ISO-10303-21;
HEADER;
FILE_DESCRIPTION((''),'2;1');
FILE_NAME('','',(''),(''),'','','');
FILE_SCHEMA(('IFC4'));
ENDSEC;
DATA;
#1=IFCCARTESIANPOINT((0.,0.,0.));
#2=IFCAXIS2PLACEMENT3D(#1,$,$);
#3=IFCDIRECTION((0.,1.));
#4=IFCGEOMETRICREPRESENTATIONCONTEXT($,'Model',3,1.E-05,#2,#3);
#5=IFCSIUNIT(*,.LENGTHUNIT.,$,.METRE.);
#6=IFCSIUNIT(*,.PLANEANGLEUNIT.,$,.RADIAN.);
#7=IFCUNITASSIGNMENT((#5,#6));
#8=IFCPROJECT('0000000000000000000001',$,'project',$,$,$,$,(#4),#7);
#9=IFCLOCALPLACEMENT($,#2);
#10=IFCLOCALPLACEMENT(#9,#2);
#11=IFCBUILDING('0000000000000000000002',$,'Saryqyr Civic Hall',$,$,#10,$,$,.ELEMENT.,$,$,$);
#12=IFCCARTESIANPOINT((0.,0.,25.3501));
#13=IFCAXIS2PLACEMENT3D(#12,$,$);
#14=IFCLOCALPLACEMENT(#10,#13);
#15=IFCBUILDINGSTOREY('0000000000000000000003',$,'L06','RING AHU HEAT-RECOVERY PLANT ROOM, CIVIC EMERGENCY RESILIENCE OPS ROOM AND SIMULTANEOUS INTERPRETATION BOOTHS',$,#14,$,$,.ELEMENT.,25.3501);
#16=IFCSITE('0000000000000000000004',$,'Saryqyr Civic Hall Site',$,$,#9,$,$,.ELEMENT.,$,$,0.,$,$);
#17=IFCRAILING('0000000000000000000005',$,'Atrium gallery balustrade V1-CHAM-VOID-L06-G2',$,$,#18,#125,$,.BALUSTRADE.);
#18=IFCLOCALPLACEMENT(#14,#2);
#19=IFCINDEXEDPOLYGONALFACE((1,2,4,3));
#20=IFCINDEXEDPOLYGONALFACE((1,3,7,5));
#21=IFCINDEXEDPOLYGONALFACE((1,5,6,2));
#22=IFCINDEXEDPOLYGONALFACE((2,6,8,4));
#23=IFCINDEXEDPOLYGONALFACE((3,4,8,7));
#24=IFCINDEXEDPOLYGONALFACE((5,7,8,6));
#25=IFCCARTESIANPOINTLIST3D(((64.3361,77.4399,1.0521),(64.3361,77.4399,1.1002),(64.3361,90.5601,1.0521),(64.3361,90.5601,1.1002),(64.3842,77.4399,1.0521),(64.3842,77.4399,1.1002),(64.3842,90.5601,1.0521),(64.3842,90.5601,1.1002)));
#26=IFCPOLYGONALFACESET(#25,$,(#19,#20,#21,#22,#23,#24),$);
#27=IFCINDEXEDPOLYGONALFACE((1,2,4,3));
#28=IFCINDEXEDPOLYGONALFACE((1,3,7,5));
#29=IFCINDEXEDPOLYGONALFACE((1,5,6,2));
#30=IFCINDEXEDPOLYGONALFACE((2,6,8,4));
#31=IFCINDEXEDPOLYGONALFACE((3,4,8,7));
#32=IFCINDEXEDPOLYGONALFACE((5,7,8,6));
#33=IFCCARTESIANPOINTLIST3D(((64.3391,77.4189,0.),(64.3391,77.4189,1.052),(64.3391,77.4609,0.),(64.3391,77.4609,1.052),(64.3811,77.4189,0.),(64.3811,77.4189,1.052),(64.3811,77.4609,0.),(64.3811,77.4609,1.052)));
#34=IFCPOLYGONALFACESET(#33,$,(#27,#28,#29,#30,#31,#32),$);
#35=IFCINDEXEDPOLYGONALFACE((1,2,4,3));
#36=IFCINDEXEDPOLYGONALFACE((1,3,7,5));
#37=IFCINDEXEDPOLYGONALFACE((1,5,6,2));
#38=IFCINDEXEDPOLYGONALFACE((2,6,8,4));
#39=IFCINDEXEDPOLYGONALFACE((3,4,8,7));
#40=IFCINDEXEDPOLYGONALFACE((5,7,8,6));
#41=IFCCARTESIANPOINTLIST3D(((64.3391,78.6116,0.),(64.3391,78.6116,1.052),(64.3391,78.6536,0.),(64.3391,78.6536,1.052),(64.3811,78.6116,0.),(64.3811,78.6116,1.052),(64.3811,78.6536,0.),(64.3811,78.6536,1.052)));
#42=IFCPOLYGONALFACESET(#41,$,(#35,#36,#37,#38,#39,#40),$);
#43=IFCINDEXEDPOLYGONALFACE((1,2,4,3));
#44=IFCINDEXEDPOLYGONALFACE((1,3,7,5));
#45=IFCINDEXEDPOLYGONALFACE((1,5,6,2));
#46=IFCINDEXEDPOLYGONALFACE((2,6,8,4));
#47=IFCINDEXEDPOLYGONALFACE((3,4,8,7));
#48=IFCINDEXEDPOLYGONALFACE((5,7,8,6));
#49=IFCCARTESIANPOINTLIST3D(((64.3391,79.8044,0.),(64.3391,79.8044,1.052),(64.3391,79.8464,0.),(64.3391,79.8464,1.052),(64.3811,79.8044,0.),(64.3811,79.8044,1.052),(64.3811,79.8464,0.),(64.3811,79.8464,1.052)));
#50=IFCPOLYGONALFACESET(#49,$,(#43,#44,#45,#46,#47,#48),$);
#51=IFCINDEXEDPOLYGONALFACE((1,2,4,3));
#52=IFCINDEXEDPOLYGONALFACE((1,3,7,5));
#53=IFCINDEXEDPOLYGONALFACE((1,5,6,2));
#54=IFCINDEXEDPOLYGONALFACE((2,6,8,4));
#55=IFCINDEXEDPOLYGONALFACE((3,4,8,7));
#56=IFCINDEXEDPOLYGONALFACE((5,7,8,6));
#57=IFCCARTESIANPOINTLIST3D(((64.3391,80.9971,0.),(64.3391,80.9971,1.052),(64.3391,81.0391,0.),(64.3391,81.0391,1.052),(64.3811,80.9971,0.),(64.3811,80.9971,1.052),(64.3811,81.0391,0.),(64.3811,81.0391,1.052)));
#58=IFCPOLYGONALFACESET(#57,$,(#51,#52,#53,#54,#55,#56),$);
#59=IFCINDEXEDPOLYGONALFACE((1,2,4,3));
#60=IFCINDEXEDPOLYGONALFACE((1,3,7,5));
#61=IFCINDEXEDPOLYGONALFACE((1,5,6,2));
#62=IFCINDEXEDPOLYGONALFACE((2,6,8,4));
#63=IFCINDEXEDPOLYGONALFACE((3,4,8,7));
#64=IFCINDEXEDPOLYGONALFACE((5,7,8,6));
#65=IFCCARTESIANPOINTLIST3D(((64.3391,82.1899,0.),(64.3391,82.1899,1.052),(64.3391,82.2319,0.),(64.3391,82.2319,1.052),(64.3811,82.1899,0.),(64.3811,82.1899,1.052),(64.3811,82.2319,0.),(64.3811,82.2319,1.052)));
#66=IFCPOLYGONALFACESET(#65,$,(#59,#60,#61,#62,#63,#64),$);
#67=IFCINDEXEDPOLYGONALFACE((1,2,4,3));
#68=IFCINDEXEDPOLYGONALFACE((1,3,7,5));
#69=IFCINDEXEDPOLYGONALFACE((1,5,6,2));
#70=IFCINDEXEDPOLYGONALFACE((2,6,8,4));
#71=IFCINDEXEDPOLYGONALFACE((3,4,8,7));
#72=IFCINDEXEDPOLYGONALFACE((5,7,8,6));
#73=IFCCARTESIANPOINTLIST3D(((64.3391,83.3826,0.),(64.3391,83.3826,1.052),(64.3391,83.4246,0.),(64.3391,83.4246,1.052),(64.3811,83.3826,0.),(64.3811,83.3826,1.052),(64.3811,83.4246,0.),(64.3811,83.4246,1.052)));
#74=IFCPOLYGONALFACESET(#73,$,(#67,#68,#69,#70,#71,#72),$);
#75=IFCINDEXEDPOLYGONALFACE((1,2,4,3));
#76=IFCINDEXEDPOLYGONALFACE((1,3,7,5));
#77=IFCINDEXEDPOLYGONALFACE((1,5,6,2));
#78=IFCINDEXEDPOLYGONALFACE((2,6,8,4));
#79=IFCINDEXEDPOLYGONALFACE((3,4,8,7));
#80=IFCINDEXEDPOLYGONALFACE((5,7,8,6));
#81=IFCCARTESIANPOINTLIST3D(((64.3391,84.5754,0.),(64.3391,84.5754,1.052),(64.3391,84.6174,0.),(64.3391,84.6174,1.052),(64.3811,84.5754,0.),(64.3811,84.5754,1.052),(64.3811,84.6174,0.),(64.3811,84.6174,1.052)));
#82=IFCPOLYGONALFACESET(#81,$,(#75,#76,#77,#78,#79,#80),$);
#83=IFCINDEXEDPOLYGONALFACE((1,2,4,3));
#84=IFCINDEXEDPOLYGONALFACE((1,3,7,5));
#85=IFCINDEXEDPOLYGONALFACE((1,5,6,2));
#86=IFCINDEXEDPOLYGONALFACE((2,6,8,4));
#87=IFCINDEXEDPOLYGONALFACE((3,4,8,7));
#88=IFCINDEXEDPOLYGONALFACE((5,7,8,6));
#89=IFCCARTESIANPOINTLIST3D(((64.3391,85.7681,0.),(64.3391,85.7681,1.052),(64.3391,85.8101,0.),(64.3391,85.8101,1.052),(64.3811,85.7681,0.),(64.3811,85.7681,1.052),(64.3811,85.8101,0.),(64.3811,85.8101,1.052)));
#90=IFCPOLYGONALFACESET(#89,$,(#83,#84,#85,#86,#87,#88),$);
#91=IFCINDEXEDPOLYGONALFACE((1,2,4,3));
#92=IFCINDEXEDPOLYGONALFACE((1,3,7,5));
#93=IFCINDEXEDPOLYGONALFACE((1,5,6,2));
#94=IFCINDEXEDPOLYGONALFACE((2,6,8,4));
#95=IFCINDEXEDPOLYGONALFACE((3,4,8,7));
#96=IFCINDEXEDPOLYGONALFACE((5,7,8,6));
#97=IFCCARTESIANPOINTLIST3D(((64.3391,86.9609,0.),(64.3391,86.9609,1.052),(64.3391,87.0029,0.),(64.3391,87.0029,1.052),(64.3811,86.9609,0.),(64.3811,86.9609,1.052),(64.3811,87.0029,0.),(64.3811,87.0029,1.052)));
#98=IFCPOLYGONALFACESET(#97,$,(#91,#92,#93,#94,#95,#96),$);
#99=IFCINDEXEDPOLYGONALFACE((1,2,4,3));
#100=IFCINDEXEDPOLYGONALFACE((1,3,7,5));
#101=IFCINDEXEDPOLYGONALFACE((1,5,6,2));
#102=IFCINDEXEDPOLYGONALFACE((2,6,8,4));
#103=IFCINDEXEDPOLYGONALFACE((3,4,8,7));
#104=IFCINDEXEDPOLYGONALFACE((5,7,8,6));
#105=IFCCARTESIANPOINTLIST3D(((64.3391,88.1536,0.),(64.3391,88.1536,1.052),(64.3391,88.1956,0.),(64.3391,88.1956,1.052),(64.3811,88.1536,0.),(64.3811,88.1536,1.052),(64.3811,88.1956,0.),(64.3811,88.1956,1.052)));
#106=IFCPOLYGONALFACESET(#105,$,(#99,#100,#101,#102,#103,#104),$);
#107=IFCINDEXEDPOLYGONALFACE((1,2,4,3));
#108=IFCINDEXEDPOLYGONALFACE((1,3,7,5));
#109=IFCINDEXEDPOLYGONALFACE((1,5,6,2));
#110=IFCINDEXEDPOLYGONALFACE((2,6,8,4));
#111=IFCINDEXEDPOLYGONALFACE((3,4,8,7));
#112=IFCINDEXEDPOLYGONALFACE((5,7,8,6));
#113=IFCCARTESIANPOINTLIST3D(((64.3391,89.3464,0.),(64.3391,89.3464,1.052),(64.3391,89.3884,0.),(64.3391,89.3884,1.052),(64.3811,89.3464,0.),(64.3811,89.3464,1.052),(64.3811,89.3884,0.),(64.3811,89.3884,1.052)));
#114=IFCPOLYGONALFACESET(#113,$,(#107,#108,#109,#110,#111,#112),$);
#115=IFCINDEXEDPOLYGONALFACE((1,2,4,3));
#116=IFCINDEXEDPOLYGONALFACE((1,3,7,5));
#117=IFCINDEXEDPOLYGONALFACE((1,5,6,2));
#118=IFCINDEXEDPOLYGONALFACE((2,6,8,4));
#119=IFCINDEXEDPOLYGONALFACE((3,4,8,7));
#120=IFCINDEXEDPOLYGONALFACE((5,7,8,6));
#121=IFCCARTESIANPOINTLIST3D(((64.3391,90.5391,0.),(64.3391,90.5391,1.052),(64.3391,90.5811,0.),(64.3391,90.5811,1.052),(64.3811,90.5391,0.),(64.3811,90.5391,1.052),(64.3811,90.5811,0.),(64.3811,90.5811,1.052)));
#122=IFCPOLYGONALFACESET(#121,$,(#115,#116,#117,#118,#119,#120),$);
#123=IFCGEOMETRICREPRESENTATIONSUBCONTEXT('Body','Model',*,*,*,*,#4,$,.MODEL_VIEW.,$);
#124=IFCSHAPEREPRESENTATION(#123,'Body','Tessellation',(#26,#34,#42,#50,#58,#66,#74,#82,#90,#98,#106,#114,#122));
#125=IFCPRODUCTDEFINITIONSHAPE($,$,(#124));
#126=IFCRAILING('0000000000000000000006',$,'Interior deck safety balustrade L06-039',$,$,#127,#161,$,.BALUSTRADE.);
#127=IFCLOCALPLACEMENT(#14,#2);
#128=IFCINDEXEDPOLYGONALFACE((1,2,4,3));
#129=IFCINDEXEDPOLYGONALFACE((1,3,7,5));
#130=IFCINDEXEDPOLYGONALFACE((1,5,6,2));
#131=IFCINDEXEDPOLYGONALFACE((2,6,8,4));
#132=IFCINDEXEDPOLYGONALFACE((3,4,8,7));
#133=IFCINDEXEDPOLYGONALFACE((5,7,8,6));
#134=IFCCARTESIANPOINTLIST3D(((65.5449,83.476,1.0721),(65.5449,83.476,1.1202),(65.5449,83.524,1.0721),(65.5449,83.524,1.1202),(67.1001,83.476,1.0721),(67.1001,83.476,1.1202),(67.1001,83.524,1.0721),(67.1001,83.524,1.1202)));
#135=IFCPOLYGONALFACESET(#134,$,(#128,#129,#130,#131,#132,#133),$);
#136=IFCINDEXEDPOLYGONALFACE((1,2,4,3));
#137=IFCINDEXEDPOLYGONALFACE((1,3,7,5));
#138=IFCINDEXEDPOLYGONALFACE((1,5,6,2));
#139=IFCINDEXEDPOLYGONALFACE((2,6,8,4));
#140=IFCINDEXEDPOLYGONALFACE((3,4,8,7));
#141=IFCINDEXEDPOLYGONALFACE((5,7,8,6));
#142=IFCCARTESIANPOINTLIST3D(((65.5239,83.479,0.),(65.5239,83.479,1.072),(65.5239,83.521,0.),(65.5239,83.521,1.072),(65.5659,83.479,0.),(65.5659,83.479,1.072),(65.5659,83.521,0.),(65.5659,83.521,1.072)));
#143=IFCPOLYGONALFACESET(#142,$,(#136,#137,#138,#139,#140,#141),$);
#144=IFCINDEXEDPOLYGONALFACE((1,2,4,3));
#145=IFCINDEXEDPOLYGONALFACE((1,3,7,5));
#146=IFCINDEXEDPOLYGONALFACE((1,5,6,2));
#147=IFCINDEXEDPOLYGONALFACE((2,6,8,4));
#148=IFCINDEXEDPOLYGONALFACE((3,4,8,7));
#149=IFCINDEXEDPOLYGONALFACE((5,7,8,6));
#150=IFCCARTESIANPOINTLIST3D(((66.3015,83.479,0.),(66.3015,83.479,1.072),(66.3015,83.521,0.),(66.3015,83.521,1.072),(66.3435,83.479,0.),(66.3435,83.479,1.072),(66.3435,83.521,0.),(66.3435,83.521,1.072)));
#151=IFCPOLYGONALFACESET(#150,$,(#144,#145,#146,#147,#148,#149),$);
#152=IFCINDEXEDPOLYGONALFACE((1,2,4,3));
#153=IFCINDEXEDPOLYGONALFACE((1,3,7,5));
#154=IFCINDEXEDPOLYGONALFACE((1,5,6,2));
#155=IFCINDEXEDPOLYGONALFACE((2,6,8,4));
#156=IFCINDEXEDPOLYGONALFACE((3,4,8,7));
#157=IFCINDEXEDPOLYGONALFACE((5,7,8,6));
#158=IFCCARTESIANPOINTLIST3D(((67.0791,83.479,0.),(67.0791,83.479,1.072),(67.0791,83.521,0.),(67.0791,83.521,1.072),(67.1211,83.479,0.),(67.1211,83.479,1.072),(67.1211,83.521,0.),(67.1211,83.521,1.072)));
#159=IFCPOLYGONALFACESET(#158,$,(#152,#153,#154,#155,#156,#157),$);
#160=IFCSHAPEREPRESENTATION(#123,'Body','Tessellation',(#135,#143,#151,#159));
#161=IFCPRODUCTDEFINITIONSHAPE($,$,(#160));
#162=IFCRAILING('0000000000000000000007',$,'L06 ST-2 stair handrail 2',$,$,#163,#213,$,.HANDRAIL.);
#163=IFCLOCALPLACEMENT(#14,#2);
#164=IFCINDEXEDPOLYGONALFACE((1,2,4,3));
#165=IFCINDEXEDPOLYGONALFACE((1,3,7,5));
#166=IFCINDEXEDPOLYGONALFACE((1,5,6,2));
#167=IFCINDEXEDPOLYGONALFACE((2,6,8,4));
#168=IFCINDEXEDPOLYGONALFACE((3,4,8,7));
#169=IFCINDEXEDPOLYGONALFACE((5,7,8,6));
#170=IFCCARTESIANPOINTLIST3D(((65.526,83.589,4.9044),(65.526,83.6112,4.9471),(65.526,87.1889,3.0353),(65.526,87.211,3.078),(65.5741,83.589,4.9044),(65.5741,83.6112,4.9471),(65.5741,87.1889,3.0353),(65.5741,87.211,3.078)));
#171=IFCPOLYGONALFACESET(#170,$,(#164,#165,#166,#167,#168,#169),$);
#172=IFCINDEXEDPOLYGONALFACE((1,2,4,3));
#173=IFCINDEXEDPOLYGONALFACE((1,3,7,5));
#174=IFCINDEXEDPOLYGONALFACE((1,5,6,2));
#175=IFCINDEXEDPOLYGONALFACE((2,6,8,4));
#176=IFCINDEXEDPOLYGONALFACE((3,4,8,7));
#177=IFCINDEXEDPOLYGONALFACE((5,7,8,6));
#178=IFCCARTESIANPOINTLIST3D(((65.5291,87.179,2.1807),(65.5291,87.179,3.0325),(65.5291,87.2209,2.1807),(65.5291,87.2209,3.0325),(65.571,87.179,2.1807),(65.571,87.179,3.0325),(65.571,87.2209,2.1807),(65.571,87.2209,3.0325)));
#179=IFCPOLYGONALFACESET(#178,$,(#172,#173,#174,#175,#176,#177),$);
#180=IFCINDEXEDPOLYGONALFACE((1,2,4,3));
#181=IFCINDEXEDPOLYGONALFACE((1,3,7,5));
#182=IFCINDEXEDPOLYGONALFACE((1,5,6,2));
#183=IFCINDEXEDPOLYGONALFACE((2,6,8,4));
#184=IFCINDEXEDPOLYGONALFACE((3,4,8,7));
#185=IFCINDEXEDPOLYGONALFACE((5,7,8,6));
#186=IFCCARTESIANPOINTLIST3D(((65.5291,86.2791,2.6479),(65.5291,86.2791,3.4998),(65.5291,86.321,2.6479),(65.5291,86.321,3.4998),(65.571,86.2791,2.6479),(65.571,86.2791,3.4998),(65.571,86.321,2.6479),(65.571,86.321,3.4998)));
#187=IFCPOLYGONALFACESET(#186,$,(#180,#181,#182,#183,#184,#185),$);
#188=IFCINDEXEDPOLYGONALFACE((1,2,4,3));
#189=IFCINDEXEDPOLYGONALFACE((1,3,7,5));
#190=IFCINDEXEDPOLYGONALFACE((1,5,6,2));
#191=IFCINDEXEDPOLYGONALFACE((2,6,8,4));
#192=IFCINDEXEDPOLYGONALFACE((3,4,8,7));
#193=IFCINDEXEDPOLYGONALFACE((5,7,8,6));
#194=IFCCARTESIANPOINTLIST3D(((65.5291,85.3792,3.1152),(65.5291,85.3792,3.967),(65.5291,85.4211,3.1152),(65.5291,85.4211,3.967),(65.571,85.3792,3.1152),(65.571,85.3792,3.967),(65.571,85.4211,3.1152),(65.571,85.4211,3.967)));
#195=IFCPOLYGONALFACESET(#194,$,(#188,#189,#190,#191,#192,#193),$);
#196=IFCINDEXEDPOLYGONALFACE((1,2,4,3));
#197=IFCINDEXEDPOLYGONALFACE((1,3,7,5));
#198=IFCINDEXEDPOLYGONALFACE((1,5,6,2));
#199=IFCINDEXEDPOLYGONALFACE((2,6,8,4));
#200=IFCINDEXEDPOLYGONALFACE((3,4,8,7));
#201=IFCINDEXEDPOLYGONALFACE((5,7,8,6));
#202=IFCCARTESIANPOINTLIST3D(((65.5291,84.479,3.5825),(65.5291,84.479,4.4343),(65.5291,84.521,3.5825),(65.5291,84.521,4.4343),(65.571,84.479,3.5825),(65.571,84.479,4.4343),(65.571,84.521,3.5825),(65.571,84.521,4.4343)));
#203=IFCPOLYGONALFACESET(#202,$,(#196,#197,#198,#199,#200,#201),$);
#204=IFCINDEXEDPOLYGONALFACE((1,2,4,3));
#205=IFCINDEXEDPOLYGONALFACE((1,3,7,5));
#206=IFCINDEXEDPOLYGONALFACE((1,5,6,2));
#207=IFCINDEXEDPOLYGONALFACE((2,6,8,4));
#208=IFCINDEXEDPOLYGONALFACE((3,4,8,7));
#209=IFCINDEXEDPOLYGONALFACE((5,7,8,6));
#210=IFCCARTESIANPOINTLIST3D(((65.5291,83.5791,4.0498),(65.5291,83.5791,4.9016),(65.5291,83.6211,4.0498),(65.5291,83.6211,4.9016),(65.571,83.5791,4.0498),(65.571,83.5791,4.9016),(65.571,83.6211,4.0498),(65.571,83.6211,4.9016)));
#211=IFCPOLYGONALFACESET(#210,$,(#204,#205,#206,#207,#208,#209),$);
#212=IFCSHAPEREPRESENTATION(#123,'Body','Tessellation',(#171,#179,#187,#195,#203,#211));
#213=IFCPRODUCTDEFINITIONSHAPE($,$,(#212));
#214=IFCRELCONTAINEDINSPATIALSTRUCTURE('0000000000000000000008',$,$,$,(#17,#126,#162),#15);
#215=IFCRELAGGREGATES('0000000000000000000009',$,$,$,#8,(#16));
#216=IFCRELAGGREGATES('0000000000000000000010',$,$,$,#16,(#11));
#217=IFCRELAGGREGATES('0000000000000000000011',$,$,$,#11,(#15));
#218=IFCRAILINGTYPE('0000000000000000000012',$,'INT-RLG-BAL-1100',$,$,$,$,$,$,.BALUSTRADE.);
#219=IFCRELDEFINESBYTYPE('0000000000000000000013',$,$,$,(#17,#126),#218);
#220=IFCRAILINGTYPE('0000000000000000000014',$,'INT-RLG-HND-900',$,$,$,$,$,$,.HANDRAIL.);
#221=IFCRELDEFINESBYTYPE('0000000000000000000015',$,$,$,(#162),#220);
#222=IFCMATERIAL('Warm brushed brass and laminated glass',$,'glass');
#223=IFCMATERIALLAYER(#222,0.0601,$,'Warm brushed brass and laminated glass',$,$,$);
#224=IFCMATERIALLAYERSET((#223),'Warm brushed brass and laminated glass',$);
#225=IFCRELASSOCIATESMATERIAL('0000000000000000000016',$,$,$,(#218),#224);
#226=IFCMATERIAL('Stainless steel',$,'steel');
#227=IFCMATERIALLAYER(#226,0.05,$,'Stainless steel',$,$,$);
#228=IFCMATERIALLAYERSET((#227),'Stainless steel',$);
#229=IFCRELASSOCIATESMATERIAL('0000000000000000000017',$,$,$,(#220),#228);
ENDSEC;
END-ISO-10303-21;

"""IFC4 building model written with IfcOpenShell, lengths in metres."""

from ifc_helpers import new_model, si_unit, direction, frame, origin, origin_2d, place, context, subcontext, project, spatial, rectangle, extrude, material, layer, layer_set, type_object, element, save


model = new_model("IFC4")

# Units and contexts
model_context = context("Model", 3, precision=1e-05, world=origin(), true_north=direction((0.0, 1.0)))
body_context = subcontext(model_context, "Body", "Model", "MODEL_VIEW")
ifc_project = project(units=[si_unit("LENGTHUNIT", "METRE"), si_unit("PLANEANGLEUNIT", "RADIAN")], contexts=[model_context])

# Site, building, storey
site_placement = place(None, origin())
site = spatial("IfcSite", under=ifc_project, at=site_placement, Name="Saryqyr Civic Hall Site", CompositionType="ELEMENT", RefElevation=0.0)
building_placement = place(site_placement, origin())
building = spatial("IfcBuilding", under=site, at=building_placement, Name="Saryqyr Civic Hall", CompositionType="ELEMENT")
storey_placement = place(building_placement, frame((0.0, 0.0, 25.3501)))
storey = spatial("IfcBuildingStorey", under=building, at=storey_placement, Name="L06", Description="RING AHU HEAT-RECOVERY PLANT ROOM, CIVIC EMERGENCY RESILIENCE OPS ROOM AND SIMULTANEOUS INTERPRETATION BOOTHS", CompositionType="ELEMENT", Elevation=25.3501)

# Railings
ifc_material_1 = material(Name="Warm brushed brass and laminated glass", Category="glass")
ifc_layer_1 = layer(ifc_material_1, 0.0601, Name="Warm brushed brass and laminated glass")
ifc_layer_set_1 = layer_set([ifc_layer_1], Name="Warm brushed brass and laminated glass")
railing_type_1 = type_object("IfcRailingType", Name="INT-RLG-BAL-1100", PredefinedType="BALUSTRADE", material=ifc_layer_set_1)
railing_1_placement = place(storey_placement, frame((64.3601, 77.4399, 0.0)))
element("IfcRailing", 1, at=railing_1_placement, inside=storey, type_object=railing_type_1, Name="Atrium gallery balustrade V1-CHAM-VOID-L06-G2", PredefinedType="BALUSTRADE", context=body_context, shape_type="SweptSolid", body=[
    extrude(rectangle(XDim=0.0481, YDim=0.0481, at=origin_2d()), frame((0.0, 0.0, 1.0762), z_axis=(0.0, 1.0, 0.0), x_axis=(-1.0, 0.0, 0.0)), (0.0, 0.0, 1.0), 13.1201),
    extrude(rectangle(XDim=0.042, YDim=0.042, at=origin_2d()), origin(), (0.0, 0.0, 1.0), 1.052),
    extrude(rectangle(XDim=0.042, YDim=0.042, at=origin_2d()), frame((0.0, 1.1926, 0.0)), (0.0, 0.0, 1.0), 1.052),
    extrude(rectangle(XDim=0.042, YDim=0.042, at=origin_2d()), frame((0.0, 2.3855, 0.0)), (0.0, 0.0, 1.0), 1.052),
    extrude(rectangle(XDim=0.042, YDim=0.042, at=origin_2d()), frame((0.0, 3.5781, 0.0)), (0.0, 0.0, 1.0), 1.052),
    extrude(rectangle(XDim=0.042, YDim=0.042, at=origin_2d()), frame((0.0, 4.771, 0.0)), (0.0, 0.0, 1.0), 1.052),
    extrude(rectangle(XDim=0.042, YDim=0.042, at=origin_2d()), frame((0.0, 5.9636, 0.0)), (0.0, 0.0, 1.0), 1.052),
    extrude(rectangle(XDim=0.042, YDim=0.042, at=origin_2d()), frame((0.0, 7.1565, 0.0)), (0.0, 0.0, 1.0), 1.052),
    extrude(rectangle(XDim=0.042, YDim=0.042, at=origin_2d()), frame((0.0, 8.3491, 0.0)), (0.0, 0.0, 1.0), 1.052),
    extrude(rectangle(XDim=0.042, YDim=0.042, at=origin_2d()), frame((0.0, 9.542, 0.0)), (0.0, 0.0, 1.0), 1.052),
    extrude(rectangle(XDim=0.042, YDim=0.042, at=origin_2d()), frame((0.0, 10.7346, 0.0)), (0.0, 0.0, 1.0), 1.052),
    extrude(rectangle(XDim=0.042, YDim=0.042, at=origin_2d()), frame((0.0, 11.9275, 0.0)), (0.0, 0.0, 1.0), 1.052),
    extrude(rectangle(XDim=0.042, YDim=0.042, at=origin_2d()), frame((0.0, 13.1201, 0.0)), (0.0, 0.0, 1.0), 1.052),
])
railing_2_placement = place(storey_placement, frame((65.5449, 83.5, 0.0)))
element("IfcRailing", 2, at=railing_2_placement, inside=storey, type_object=railing_type_1, Name="Interior deck safety balustrade L06-039", PredefinedType="BALUSTRADE", context=body_context, shape_type="SweptSolid", body=[
    extrude(rectangle(XDim=0.0481, YDim=0.0481, at=origin_2d()), frame((0.0, 0.0, 1.0962), z_axis=(1.0, 0.0, 0.0), x_axis=(0.0, 1.0, 0.0)), (0.0, 0.0, 1.0), 1.5552),
    extrude(rectangle(XDim=0.042, YDim=0.042, at=origin_2d()), origin(), (0.0, 0.0, 1.0), 1.072),
    extrude(rectangle(XDim=0.042, YDim=0.042, at=origin_2d()), frame((0.7776, 0.0, 0.0)), (0.0, 0.0, 1.0), 1.072),
    extrude(rectangle(XDim=0.042, YDim=0.042, at=origin_2d()), frame((1.5552, 0.0, 0.0)), (0.0, 0.0, 1.0), 1.072),
])
ifc_material_2 = material(Name="Stainless steel", Category="steel")
ifc_layer_2 = layer(ifc_material_2, 0.05, Name="Stainless steel")
ifc_layer_set_2 = layer_set([ifc_layer_2], Name="Stainless steel")
railing_type_2 = type_object("IfcRailingType", Name="INT-RLG-HND-900", PredefinedType="HANDRAIL", material=ifc_layer_set_2)
railing_3_placement = place(storey_placement, frame((65.55, 87.2, 2.1807)))
element("IfcRailing", 3, at=railing_3_placement, inside=storey, type_object=railing_type_2, Name="L06 ST-2 stair handrail 2", PredefinedType="HANDRAIL", context=body_context, shape_type="SweptSolid", body=[
    extrude(rectangle(XDim=0.0481, YDim=0.0481, at=origin_2d()), frame((0.0, 0.0, 0.876), z_axis=(0.0, -0.887497, 0.460813), x_axis=(1.0, 0.0, 0.0)), (0.0, 0.0, 1.0), 4.0562),
    extrude(rectangle(XDim=0.042, YDim=0.042, at=origin_2d()), origin(), (0.0, 0.0, 1.0), 0.8518),
    extrude(rectangle(XDim=0.042, YDim=0.042, at=origin_2d()), frame((0.0, -0.8999, 0.4673)), (0.0, 0.0, 1.0), 0.8518),
    extrude(rectangle(XDim=0.042, YDim=0.042, at=origin_2d()), frame((0.0, -1.7998, 0.9346)), (0.0, 0.0, 1.0), 0.8518),
    extrude(rectangle(XDim=0.042, YDim=0.042, at=origin_2d()), frame((0.0, -2.7, 1.4019)), (0.0, 0.0, 1.0), 0.8518),
    extrude(rectangle(XDim=0.042, YDim=0.042, at=origin_2d()), frame((0.0, -3.5999, 1.8691)), (0.0, 0.0, 1.0), 0.8518),
])

save(model, "model.ifc")
